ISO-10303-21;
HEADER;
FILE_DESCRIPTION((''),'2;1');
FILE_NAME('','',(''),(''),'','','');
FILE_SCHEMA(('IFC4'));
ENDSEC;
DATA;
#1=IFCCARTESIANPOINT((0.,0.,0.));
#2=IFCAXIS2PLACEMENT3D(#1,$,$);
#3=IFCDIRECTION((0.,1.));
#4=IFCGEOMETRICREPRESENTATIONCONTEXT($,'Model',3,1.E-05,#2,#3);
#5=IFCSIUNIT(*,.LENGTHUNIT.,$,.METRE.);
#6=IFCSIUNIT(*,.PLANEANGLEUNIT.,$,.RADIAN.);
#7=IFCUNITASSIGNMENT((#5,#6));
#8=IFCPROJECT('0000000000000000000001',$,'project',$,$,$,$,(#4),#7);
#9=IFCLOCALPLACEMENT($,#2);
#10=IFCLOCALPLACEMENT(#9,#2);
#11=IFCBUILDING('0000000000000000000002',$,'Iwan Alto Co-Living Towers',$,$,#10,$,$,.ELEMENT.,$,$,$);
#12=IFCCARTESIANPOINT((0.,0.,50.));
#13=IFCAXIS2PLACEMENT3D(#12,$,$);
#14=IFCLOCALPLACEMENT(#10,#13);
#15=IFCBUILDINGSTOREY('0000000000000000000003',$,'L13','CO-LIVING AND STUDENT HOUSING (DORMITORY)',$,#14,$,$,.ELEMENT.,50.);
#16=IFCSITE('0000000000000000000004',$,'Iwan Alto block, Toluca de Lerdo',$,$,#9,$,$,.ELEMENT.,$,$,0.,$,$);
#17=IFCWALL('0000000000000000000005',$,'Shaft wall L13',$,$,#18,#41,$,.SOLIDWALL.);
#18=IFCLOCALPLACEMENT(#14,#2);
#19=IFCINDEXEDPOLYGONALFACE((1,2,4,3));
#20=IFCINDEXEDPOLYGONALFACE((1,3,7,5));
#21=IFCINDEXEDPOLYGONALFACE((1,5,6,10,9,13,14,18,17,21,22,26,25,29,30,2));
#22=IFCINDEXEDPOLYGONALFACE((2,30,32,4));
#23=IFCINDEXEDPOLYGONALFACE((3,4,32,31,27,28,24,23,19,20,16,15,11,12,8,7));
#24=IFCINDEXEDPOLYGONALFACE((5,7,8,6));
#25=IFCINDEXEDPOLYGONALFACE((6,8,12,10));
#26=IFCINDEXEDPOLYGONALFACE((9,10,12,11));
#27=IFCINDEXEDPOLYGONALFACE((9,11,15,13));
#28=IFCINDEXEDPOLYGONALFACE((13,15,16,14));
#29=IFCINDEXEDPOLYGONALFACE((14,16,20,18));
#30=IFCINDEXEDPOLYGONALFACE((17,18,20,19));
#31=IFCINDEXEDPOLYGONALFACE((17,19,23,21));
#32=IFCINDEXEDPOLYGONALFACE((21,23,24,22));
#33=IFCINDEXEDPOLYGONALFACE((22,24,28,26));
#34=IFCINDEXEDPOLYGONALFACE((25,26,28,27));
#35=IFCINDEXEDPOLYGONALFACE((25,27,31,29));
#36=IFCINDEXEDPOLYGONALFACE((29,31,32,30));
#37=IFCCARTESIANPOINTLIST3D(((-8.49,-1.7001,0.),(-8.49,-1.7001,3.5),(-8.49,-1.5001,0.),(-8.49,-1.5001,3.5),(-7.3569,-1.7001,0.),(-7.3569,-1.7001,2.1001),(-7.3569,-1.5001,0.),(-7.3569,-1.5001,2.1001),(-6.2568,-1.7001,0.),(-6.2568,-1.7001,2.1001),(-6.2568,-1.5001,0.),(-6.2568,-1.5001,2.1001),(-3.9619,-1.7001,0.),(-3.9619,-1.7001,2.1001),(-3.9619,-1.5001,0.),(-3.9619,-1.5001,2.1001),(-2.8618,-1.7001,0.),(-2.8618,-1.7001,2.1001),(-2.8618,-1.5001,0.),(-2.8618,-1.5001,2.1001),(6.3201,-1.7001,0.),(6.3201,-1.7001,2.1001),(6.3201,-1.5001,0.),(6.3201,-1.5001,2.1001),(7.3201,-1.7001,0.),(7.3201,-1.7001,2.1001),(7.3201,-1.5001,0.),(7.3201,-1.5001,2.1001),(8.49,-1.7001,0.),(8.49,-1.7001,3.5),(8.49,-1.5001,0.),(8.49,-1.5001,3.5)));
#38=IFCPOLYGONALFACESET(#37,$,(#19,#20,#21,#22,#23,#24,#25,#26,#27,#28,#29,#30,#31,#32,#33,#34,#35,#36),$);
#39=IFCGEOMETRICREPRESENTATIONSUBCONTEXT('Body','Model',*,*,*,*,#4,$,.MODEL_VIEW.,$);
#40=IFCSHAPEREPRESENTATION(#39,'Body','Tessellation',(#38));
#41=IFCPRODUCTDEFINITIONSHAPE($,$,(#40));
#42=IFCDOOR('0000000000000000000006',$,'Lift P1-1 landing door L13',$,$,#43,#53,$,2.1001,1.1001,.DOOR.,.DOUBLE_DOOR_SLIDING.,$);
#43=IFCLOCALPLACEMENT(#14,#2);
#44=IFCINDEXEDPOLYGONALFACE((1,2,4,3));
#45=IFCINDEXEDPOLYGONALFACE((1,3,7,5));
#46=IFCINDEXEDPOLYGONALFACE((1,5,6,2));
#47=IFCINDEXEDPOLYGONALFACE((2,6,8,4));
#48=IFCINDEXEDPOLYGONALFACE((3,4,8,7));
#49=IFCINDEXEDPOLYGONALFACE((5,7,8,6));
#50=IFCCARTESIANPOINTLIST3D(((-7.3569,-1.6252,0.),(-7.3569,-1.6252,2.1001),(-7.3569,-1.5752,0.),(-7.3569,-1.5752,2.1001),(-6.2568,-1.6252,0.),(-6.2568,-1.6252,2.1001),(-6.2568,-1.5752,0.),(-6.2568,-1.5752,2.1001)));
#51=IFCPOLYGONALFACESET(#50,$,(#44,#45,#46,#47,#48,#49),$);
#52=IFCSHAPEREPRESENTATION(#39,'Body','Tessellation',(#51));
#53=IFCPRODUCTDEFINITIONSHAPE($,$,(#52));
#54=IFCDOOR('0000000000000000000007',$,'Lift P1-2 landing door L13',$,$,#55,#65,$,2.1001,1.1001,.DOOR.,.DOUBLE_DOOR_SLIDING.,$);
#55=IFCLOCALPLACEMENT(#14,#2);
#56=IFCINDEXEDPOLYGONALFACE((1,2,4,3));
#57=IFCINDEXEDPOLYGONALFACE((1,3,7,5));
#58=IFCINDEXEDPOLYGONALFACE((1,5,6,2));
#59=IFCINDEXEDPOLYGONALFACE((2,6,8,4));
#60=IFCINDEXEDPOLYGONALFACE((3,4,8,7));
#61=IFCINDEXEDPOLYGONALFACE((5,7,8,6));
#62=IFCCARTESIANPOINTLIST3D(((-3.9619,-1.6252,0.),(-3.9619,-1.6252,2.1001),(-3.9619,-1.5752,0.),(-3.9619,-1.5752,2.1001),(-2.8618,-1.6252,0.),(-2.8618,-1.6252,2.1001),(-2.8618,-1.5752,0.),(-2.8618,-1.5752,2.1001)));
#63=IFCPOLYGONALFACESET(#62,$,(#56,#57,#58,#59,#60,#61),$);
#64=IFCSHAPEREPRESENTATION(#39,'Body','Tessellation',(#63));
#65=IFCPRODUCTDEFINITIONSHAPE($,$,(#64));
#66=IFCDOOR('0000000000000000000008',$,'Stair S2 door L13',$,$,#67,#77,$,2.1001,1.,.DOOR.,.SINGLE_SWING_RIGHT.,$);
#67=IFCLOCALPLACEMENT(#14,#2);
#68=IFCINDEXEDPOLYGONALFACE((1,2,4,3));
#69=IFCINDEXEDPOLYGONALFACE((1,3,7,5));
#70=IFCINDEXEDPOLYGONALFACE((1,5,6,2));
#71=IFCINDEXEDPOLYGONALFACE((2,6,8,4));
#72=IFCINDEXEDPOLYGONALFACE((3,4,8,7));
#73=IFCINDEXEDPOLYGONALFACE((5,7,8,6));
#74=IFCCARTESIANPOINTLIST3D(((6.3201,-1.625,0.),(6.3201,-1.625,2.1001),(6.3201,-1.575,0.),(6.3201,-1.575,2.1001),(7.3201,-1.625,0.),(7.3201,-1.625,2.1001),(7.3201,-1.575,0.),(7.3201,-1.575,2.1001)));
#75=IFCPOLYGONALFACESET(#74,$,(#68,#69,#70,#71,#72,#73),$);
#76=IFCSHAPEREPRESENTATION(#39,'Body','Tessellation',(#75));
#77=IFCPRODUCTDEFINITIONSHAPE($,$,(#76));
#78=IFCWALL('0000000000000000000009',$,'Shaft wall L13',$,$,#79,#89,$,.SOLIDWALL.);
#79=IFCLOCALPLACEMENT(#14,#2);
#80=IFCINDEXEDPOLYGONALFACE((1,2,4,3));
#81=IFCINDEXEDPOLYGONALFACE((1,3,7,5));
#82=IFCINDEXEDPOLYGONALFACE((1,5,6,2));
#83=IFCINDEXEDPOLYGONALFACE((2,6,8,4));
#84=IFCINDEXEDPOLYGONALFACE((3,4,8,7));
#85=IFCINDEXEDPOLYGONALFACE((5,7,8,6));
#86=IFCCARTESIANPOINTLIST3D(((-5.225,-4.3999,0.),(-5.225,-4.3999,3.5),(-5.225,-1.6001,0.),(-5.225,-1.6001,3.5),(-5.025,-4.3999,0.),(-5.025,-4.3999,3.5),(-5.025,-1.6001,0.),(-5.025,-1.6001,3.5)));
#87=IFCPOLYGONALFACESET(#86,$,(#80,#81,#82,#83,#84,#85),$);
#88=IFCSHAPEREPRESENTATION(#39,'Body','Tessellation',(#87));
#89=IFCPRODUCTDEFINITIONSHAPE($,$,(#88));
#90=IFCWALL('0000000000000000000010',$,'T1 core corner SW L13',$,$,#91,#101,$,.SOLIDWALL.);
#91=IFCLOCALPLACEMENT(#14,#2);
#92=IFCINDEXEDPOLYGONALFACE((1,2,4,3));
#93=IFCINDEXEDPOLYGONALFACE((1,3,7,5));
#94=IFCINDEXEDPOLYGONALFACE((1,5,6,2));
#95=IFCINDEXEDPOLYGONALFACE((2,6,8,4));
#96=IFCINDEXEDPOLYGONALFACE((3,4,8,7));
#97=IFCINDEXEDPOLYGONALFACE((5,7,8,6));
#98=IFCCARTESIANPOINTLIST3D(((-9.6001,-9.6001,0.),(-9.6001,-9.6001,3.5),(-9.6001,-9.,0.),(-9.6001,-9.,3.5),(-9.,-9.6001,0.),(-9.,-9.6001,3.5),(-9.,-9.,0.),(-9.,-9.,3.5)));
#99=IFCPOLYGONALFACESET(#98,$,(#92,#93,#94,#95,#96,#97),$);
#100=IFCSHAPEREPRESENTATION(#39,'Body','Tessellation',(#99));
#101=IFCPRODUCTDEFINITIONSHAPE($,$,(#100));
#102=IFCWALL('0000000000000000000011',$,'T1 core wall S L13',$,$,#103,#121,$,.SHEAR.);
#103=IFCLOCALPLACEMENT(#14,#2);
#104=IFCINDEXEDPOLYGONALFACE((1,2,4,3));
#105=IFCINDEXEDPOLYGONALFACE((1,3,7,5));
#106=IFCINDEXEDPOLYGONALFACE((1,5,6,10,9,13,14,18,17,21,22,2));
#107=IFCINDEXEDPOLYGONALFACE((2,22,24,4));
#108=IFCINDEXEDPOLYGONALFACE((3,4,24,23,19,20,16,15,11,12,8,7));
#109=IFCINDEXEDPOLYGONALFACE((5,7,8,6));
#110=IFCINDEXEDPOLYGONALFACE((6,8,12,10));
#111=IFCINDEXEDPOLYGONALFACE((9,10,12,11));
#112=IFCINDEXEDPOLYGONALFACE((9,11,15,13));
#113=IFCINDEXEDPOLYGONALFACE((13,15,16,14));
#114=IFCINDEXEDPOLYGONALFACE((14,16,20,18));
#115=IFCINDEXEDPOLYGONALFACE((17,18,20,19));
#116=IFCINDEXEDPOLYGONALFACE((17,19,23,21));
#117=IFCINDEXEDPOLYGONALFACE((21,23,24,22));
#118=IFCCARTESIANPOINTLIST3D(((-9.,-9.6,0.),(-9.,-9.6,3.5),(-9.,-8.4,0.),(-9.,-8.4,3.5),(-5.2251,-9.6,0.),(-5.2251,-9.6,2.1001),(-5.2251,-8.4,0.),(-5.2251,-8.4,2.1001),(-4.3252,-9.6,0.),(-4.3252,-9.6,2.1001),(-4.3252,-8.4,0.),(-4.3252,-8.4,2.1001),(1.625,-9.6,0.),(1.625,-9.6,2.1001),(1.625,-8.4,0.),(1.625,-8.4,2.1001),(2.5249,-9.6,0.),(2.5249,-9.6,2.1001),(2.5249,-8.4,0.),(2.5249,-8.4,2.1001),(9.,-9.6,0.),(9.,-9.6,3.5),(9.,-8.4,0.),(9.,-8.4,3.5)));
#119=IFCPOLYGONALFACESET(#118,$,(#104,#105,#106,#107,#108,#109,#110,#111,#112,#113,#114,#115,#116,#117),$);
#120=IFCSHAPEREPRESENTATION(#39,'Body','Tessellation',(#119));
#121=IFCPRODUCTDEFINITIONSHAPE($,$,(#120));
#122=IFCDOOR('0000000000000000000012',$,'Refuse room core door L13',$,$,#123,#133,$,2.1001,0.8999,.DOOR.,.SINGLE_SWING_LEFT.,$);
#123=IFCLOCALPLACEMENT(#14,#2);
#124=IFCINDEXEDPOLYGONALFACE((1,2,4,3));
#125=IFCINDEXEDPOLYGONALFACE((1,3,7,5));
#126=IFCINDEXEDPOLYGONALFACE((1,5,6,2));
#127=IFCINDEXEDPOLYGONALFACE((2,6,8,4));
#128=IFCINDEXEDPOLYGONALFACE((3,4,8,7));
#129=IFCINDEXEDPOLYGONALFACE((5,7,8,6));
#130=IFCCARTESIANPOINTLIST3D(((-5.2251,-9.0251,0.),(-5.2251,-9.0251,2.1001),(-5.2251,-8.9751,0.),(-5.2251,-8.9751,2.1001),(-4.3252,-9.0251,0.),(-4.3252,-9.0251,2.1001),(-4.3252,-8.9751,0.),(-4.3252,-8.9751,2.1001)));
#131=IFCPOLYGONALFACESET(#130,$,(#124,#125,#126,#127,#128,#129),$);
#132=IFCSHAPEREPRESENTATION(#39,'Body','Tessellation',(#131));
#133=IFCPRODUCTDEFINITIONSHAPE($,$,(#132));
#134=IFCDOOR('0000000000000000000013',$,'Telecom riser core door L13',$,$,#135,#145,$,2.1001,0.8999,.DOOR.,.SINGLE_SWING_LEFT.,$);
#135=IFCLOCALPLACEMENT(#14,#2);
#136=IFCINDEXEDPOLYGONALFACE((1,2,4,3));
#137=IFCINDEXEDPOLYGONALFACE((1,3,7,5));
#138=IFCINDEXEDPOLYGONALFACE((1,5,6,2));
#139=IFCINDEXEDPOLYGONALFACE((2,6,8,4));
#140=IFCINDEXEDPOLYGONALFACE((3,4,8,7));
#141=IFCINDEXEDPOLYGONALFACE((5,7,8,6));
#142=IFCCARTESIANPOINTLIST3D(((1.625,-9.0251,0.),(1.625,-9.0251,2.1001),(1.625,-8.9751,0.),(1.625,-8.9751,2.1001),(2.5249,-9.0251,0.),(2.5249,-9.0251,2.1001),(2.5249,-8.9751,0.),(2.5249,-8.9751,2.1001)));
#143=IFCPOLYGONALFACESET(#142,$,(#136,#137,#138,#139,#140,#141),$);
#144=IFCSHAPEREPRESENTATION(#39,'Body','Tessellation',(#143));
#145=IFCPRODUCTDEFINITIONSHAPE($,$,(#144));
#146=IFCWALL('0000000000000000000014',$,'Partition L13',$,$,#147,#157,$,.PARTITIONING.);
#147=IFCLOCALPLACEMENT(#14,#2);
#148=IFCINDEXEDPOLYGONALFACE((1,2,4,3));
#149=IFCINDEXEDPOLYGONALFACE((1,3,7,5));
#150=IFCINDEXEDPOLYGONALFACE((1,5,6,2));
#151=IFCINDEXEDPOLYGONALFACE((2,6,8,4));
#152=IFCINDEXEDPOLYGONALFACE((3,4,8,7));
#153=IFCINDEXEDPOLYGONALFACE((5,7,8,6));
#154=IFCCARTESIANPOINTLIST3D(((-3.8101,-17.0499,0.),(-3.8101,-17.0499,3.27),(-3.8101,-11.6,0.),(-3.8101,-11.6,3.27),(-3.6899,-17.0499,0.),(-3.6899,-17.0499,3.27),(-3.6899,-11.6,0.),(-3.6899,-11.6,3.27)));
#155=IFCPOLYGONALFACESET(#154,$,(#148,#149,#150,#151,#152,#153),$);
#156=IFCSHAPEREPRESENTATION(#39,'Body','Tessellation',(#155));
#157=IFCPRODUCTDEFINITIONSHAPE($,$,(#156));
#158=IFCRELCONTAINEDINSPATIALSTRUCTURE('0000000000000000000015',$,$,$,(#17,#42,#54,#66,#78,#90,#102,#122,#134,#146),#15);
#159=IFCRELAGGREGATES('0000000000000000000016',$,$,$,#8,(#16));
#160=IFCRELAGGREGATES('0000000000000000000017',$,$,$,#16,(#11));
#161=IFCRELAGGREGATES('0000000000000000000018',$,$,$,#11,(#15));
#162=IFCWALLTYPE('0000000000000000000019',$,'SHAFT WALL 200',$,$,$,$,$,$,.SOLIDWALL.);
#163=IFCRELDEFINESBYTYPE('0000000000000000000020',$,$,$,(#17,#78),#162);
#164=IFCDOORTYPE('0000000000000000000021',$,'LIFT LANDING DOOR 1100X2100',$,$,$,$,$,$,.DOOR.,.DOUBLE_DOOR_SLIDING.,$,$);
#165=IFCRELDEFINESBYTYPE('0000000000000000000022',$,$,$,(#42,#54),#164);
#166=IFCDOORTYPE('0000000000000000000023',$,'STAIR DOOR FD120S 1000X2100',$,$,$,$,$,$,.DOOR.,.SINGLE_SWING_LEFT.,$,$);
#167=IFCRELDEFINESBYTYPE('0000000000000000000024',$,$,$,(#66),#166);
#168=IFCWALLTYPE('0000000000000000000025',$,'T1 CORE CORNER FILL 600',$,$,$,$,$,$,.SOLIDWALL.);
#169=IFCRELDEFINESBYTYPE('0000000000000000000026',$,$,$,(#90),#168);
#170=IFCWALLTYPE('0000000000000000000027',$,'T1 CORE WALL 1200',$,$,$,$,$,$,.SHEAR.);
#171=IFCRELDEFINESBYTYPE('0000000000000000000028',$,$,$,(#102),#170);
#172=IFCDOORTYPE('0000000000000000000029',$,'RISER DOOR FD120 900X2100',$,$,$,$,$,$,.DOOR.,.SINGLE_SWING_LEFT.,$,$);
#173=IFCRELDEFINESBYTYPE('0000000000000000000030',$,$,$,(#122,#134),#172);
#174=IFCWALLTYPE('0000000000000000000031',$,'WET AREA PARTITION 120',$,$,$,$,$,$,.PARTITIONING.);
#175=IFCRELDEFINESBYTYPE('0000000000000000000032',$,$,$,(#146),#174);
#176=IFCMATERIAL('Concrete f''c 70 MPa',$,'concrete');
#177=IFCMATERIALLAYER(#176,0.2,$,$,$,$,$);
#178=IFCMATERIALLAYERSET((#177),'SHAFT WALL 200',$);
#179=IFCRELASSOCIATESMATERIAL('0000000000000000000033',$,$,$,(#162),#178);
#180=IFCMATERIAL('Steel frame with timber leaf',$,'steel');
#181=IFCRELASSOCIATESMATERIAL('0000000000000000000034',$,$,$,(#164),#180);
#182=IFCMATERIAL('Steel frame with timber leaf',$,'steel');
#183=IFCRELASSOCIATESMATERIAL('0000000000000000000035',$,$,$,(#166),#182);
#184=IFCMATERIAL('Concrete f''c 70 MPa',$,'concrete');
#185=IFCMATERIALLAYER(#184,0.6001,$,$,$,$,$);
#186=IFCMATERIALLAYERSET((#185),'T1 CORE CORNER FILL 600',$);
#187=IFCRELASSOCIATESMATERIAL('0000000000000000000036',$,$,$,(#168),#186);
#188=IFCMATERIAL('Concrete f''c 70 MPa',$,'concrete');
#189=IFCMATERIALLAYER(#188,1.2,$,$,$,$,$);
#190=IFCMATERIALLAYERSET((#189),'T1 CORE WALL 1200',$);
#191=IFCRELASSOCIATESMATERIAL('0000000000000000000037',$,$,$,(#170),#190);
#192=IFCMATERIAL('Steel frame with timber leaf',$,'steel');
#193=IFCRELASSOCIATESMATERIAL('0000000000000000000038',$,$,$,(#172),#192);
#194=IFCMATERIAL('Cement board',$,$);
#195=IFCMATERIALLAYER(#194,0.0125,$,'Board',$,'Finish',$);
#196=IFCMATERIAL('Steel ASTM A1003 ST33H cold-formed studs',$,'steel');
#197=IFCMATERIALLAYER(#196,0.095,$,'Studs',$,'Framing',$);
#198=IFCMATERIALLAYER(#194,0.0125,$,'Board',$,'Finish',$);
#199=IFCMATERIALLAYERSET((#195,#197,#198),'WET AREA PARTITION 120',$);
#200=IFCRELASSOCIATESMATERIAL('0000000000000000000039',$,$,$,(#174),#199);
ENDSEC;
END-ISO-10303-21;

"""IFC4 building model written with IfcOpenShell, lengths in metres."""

from ifc_helpers import new_model, si_unit, direction, frame, frame_2d, origin, place, context, subcontext, project, spatial, rectangle, extrude, material, layer, layer_set, type_object, element, fill, save


model = new_model("IFC4")

# Units and contexts
model_context = context("Model", 3, precision=1e-05, world=origin(), true_north=direction((0.0, 1.0)))
body_context = subcontext(model_context, "Body", "Model", "MODEL_VIEW")
ifc_project = project(units=[si_unit("LENGTHUNIT", "METRE"), si_unit("PLANEANGLEUNIT", "RADIAN")], contexts=[model_context])

# Site, building, storey
site_placement = place(None, origin())
site = spatial("IfcSite", under=ifc_project, at=site_placement, Name="Iwan Alto block, Toluca de Lerdo", CompositionType="ELEMENT", RefElevation=0.0)
building_placement = place(site_placement, origin())
building = spatial("IfcBuilding", under=site, at=building_placement, Name="Iwan Alto Co-Living Towers", CompositionType="ELEMENT")
storey_placement = place(building_placement, frame((0.0, 0.0, 50.0)))
storey = spatial("IfcBuildingStorey", under=building, at=storey_placement, Name="L13", Description="CO-LIVING AND STUDENT HOUSING (DORMITORY)", CompositionType="ELEMENT", Elevation=50.0)

# Shared definitions
ifc_material_1 = material(Name="Steel ASTM A1003 ST33H cold-formed studs", Category="steel")

# Shared definitions
ifc_material_2 = material(Name="Concrete f'c 70 MPa", Category="concrete")
ifc_layer_1 = layer(ifc_material_2, 0.2)
ifc_layer_set_1 = layer_set([ifc_layer_1], Name="SHAFT WALL 200")
wall_type_1 = type_object("IfcWallType", Name="SHAFT WALL 200", PredefinedType="SOLIDWALL", material=ifc_layer_set_1)

# Wall, openings, doors
wall_1_placement = place(storey_placement, frame((-8.49, -1.6001, 0.0), z_axis=(0.0, 0.0, 1.0), x_axis=(1.0, 0.0, 0.0)))
wall_1 = element("IfcWall", 1, at=wall_1_placement, inside=storey, type_object=wall_type_1, Name="Shaft wall L13", PredefinedType="SOLIDWALL", context=body_context, shape_type="SweptSolid", body=[
    extrude(rectangle(XDim=16.98, YDim=0.2, at=frame_2d((8.49, 0.0))), origin(), (0.0, 0.0, 1.0), 3.5),
])
opening_1_placement = place(wall_1_placement, frame((14.8101, 0.0, 0.0)))
opening_1 = element("IfcOpeningElement", 2, at=opening_1_placement, cuts=wall_1, PredefinedType="OPENING", context=body_context, shape_type="SweptSolid", body=[
    extrude(rectangle(XDim=1.0, YDim=2.1001, at=frame_2d((0.5, 1.05))), frame((0.0, 0.1099, 0.0), z_axis=(0.0, -1.0, 0.0), x_axis=(1.0, 0.0, 0.0)), (0.0, 0.0, 1.0), 0.22),
])
opening_2_placement = place(wall_1_placement, frame((1.1331, 0.0, 0.0)))
opening_2 = element("IfcOpeningElement", 3, at=opening_2_placement, cuts=wall_1, PredefinedType="OPENING", context=body_context, shape_type="SweptSolid", body=[
    extrude(rectangle(XDim=1.1001, YDim=2.1001, at=frame_2d((0.55, 1.05))), frame((0.0, 0.1099, 0.0), z_axis=(0.0, -1.0, 0.0), x_axis=(1.0, 0.0, 0.0)), (0.0, 0.0, 1.0), 0.22),
])
opening_3_placement = place(wall_1_placement, frame((4.5281, 0.0, 0.0)))
opening_3 = element("IfcOpeningElement", 4, at=opening_3_placement, cuts=wall_1, PredefinedType="OPENING", context=body_context, shape_type="SweptSolid", body=[
    extrude(rectangle(XDim=1.1001, YDim=2.1001, at=frame_2d((0.55, 1.05))), frame((0.0, 0.1099, 0.0), z_axis=(0.0, -1.0, 0.0), x_axis=(1.0, 0.0, 0.0)), (0.0, 0.0, 1.0), 0.22),
])
ifc_material_3 = material(Name="Steel frame with timber leaf", Category="steel")
door_type_1 = type_object("IfcDoorType", Name="LIFT LANDING DOOR 1100X2100", OperationType="DOUBLE_DOOR_SLIDING", PredefinedType="DOOR", material=ifc_material_3)
door_1_placement = place(opening_2_placement, origin())
door_1 = element("IfcDoor", 5, at=door_1_placement, inside=storey, type_object=door_type_1, Name="Lift P1-1 landing door L13", OperationType="DOUBLE_DOOR_SLIDING", OverallHeight=2.1001, OverallWidth=1.1001, PredefinedType="DOOR", context=body_context, shape_type="SweptSolid", body=[
    extrude(rectangle(XDim=1.1001, YDim=2.1001, at=frame_2d((0.55, 1.05))), frame((0.0, 0.0249, 0.0), z_axis=(0.0, -1.0, 0.0), x_axis=(1.0, 0.0, 0.0)), (0.0, 0.0, 1.0), 0.05),
])
fill(opening_2, door_1)
door_2_placement = place(opening_3_placement, origin())
door_2 = element("IfcDoor", 6, at=door_2_placement, inside=storey, type_object=door_type_1, Name="Lift P1-2 landing door L13", OperationType="DOUBLE_DOOR_SLIDING", OverallHeight=2.1001, OverallWidth=1.1001, PredefinedType="DOOR", context=body_context, shape_type="SweptSolid", body=[
    extrude(rectangle(XDim=1.1001, YDim=2.1001, at=frame_2d((0.55, 1.05))), frame((0.0, 0.0249, 0.0), z_axis=(0.0, -1.0, 0.0), x_axis=(1.0, 0.0, 0.0)), (0.0, 0.0, 1.0), 0.05),
])
fill(opening_3, door_2)
ifc_material_4 = material(Name="Steel frame with timber leaf", Category="steel")
door_type_2 = type_object("IfcDoorType", Name="STAIR DOOR FD120S 1000X2100", OperationType="SINGLE_SWING_LEFT", PredefinedType="DOOR", material=ifc_material_4)
door_3_placement = place(opening_1_placement, frame((1.0, 0.0, 0.0), z_axis=(0.0, 0.0, 1.0), x_axis=(-1.0, 0.0, 0.0)))
door_3 = element("IfcDoor", 7, at=door_3_placement, inside=storey, type_object=door_type_2, Name="Stair S2 door L13", OperationType="SINGLE_SWING_RIGHT", OverallHeight=2.1001, OverallWidth=1.0, PredefinedType="DOOR", context=body_context, shape_type="SweptSolid", body=[
    extrude(rectangle(XDim=1.0, YDim=2.1001, at=frame_2d((0.5, 1.05))), frame((0.0, 0.0249, 0.0), z_axis=(0.0, -1.0, 0.0), x_axis=(1.0, 0.0, 0.0)), (0.0, 0.0, 1.0), 0.05),
])
fill(opening_1, door_3)

# Walls
wall_2_placement = place(storey_placement, frame((-5.125, -4.3999, 0.0), z_axis=(0.0, 0.0, 1.0), x_axis=(0.0, 1.0, 0.0)))
element("IfcWall", 8, at=wall_2_placement, inside=storey, type_object=wall_type_1, Name="Shaft wall L13", PredefinedType="SOLIDWALL", context=body_context, shape_type="SweptSolid", body=[
    extrude(rectangle(XDim=2.7998, YDim=0.2, at=frame_2d((1.3999, 0.0))), origin(), (0.0, 0.0, 1.0), 3.5),
])
ifc_material_5 = material(Name="Concrete f'c 70 MPa", Category="concrete")
ifc_layer_2 = layer(ifc_material_5, 0.6001)
ifc_layer_set_2 = layer_set([ifc_layer_2], Name="T1 CORE CORNER FILL 600")
wall_type_2 = type_object("IfcWallType", Name="T1 CORE CORNER FILL 600", PredefinedType="SOLIDWALL", material=ifc_layer_set_2)
wall_3_placement = place(storey_placement, frame((-9.6001, -9.3, 0.0), z_axis=(0.0, 0.0, 1.0), x_axis=(1.0, 0.0, 0.0)))
element("IfcWall", 9, at=wall_3_placement, inside=storey, type_object=wall_type_2, Name="T1 core corner SW L13", PredefinedType="SOLIDWALL", context=body_context, shape_type="SweptSolid", body=[
    extrude(rectangle(XDim=0.6001, YDim=0.6001, at=frame_2d((0.3, 0.0))), origin(), (0.0, 0.0, 1.0), 3.5),
])

# Wall, openings, doors
ifc_material_6 = material(Name="Concrete f'c 70 MPa", Category="concrete")
ifc_layer_3 = layer(ifc_material_6, 1.2)
ifc_layer_set_3 = layer_set([ifc_layer_3], Name="T1 CORE WALL 1200")
wall_type_3 = type_object("IfcWallType", Name="T1 CORE WALL 1200", PredefinedType="SHEAR", material=ifc_layer_set_3)
wall_4_placement = place(storey_placement, frame((-9.0, -9.0, 0.0), z_axis=(0.0, 0.0, 1.0), x_axis=(1.0, 0.0, 0.0)))
wall_4 = element("IfcWall", 10, at=wall_4_placement, inside=storey, type_object=wall_type_3, Name="T1 core wall S L13", PredefinedType="SHEAR", context=body_context, shape_type="SweptSolid", body=[
    extrude(rectangle(XDim=18.0, YDim=1.2, at=frame_2d((9.0, 0.0))), origin(), (0.0, 0.0, 1.0), 3.5),
])
opening_4_placement = place(wall_4_placement, frame((3.7749, 0.0, 0.0)))
opening_4 = element("IfcOpeningElement", 11, at=opening_4_placement, cuts=wall_4, PredefinedType="OPENING", context=body_context, shape_type="SweptSolid", body=[
    extrude(rectangle(XDim=0.8999, YDim=2.1001, at=frame_2d((0.45, 1.05))), frame((0.0, 0.6099, 0.0), z_axis=(0.0, -1.0, 0.0), x_axis=(1.0, 0.0, 0.0)), (0.0, 0.0, 1.0), 1.22),
])
opening_5_placement = place(wall_4_placement, frame((10.625, 0.0, 0.0)))
opening_5 = element("IfcOpeningElement", 12, at=opening_5_placement, cuts=wall_4, PredefinedType="OPENING", context=body_context, shape_type="SweptSolid", body=[
    extrude(rectangle(XDim=0.8999, YDim=2.1001, at=frame_2d((0.45, 1.05))), frame((0.0, 0.6099, 0.0), z_axis=(0.0, -1.0, 0.0), x_axis=(1.0, 0.0, 0.0)), (0.0, 0.0, 1.0), 1.22),
])
ifc_material_7 = material(Name="Steel frame with timber leaf", Category="steel")
door_type_3 = type_object("IfcDoorType", Name="RISER DOOR FD120 900X2100", OperationType="SINGLE_SWING_LEFT", PredefinedType="DOOR", material=ifc_material_7)
door_4_placement = place(opening_4_placement, origin())
door_4 = element("IfcDoor", 13, at=door_4_placement, inside=storey, type_object=door_type_3, Name="Refuse room core door L13", OperationType="SINGLE_SWING_LEFT", OverallHeight=2.1001, OverallWidth=0.8999, PredefinedType="DOOR", context=body_context, shape_type="SweptSolid", body=[
    extrude(rectangle(XDim=0.8999, YDim=2.1001, at=frame_2d((0.45, 1.05))), frame((0.0, 0.0249, 0.0), z_axis=(0.0, -1.0, 0.0), x_axis=(1.0, 0.0, 0.0)), (0.0, 0.0, 1.0), 0.05),
])
fill(opening_4, door_4)
door_5_placement = place(opening_5_placement, origin())
door_5 = element("IfcDoor", 14, at=door_5_placement, inside=storey, type_object=door_type_3, Name="Telecom riser core door L13", OperationType="SINGLE_SWING_LEFT", OverallHeight=2.1001, OverallWidth=0.8999, PredefinedType="DOOR", context=body_context, shape_type="SweptSolid", body=[
    extrude(rectangle(XDim=0.8999, YDim=2.1001, at=frame_2d((0.45, 1.05))), frame((0.0, 0.0249, 0.0), z_axis=(0.0, -1.0, 0.0), x_axis=(1.0, 0.0, 0.0)), (0.0, 0.0, 1.0), 0.05),
])
fill(opening_5, door_5)

# Wall
ifc_material_8 = material(Name="Cement board")
ifc_layer_4 = layer(ifc_material_8, 0.0125, Name="Board", Category="Finish")
ifc_layer_5 = layer(ifc_material_1, 0.095, Name="Studs", Category="Framing")
ifc_layer_6 = layer(ifc_material_8, 0.0125, Name="Board", Category="Finish")
ifc_layer_set_4 = layer_set([ifc_layer_4, ifc_layer_5, ifc_layer_6], Name="WET AREA PARTITION 120")
wall_type_4 = type_object("IfcWallType", Name="WET AREA PARTITION 120", PredefinedType="PARTITIONING", material=ifc_layer_set_4)
wall_5_placement = place(storey_placement, frame((-3.75, -17.05, 0.0), z_axis=(0.0, 0.0, 1.0), x_axis=(0.0, 1.0, 0.0)))
element("IfcWall", 15, at=wall_5_placement, inside=storey, type_object=wall_type_4, Name="Partition L13", PredefinedType="PARTITIONING", context=body_context, shape_type="SweptSolid", body=[
    extrude(rectangle(XDim=5.45, YDim=0.1201, at=frame_2d((2.7251, 0.0))), origin(), (0.0, 0.0, 1.0), 3.27),
])

save(model, "model.ifc")
